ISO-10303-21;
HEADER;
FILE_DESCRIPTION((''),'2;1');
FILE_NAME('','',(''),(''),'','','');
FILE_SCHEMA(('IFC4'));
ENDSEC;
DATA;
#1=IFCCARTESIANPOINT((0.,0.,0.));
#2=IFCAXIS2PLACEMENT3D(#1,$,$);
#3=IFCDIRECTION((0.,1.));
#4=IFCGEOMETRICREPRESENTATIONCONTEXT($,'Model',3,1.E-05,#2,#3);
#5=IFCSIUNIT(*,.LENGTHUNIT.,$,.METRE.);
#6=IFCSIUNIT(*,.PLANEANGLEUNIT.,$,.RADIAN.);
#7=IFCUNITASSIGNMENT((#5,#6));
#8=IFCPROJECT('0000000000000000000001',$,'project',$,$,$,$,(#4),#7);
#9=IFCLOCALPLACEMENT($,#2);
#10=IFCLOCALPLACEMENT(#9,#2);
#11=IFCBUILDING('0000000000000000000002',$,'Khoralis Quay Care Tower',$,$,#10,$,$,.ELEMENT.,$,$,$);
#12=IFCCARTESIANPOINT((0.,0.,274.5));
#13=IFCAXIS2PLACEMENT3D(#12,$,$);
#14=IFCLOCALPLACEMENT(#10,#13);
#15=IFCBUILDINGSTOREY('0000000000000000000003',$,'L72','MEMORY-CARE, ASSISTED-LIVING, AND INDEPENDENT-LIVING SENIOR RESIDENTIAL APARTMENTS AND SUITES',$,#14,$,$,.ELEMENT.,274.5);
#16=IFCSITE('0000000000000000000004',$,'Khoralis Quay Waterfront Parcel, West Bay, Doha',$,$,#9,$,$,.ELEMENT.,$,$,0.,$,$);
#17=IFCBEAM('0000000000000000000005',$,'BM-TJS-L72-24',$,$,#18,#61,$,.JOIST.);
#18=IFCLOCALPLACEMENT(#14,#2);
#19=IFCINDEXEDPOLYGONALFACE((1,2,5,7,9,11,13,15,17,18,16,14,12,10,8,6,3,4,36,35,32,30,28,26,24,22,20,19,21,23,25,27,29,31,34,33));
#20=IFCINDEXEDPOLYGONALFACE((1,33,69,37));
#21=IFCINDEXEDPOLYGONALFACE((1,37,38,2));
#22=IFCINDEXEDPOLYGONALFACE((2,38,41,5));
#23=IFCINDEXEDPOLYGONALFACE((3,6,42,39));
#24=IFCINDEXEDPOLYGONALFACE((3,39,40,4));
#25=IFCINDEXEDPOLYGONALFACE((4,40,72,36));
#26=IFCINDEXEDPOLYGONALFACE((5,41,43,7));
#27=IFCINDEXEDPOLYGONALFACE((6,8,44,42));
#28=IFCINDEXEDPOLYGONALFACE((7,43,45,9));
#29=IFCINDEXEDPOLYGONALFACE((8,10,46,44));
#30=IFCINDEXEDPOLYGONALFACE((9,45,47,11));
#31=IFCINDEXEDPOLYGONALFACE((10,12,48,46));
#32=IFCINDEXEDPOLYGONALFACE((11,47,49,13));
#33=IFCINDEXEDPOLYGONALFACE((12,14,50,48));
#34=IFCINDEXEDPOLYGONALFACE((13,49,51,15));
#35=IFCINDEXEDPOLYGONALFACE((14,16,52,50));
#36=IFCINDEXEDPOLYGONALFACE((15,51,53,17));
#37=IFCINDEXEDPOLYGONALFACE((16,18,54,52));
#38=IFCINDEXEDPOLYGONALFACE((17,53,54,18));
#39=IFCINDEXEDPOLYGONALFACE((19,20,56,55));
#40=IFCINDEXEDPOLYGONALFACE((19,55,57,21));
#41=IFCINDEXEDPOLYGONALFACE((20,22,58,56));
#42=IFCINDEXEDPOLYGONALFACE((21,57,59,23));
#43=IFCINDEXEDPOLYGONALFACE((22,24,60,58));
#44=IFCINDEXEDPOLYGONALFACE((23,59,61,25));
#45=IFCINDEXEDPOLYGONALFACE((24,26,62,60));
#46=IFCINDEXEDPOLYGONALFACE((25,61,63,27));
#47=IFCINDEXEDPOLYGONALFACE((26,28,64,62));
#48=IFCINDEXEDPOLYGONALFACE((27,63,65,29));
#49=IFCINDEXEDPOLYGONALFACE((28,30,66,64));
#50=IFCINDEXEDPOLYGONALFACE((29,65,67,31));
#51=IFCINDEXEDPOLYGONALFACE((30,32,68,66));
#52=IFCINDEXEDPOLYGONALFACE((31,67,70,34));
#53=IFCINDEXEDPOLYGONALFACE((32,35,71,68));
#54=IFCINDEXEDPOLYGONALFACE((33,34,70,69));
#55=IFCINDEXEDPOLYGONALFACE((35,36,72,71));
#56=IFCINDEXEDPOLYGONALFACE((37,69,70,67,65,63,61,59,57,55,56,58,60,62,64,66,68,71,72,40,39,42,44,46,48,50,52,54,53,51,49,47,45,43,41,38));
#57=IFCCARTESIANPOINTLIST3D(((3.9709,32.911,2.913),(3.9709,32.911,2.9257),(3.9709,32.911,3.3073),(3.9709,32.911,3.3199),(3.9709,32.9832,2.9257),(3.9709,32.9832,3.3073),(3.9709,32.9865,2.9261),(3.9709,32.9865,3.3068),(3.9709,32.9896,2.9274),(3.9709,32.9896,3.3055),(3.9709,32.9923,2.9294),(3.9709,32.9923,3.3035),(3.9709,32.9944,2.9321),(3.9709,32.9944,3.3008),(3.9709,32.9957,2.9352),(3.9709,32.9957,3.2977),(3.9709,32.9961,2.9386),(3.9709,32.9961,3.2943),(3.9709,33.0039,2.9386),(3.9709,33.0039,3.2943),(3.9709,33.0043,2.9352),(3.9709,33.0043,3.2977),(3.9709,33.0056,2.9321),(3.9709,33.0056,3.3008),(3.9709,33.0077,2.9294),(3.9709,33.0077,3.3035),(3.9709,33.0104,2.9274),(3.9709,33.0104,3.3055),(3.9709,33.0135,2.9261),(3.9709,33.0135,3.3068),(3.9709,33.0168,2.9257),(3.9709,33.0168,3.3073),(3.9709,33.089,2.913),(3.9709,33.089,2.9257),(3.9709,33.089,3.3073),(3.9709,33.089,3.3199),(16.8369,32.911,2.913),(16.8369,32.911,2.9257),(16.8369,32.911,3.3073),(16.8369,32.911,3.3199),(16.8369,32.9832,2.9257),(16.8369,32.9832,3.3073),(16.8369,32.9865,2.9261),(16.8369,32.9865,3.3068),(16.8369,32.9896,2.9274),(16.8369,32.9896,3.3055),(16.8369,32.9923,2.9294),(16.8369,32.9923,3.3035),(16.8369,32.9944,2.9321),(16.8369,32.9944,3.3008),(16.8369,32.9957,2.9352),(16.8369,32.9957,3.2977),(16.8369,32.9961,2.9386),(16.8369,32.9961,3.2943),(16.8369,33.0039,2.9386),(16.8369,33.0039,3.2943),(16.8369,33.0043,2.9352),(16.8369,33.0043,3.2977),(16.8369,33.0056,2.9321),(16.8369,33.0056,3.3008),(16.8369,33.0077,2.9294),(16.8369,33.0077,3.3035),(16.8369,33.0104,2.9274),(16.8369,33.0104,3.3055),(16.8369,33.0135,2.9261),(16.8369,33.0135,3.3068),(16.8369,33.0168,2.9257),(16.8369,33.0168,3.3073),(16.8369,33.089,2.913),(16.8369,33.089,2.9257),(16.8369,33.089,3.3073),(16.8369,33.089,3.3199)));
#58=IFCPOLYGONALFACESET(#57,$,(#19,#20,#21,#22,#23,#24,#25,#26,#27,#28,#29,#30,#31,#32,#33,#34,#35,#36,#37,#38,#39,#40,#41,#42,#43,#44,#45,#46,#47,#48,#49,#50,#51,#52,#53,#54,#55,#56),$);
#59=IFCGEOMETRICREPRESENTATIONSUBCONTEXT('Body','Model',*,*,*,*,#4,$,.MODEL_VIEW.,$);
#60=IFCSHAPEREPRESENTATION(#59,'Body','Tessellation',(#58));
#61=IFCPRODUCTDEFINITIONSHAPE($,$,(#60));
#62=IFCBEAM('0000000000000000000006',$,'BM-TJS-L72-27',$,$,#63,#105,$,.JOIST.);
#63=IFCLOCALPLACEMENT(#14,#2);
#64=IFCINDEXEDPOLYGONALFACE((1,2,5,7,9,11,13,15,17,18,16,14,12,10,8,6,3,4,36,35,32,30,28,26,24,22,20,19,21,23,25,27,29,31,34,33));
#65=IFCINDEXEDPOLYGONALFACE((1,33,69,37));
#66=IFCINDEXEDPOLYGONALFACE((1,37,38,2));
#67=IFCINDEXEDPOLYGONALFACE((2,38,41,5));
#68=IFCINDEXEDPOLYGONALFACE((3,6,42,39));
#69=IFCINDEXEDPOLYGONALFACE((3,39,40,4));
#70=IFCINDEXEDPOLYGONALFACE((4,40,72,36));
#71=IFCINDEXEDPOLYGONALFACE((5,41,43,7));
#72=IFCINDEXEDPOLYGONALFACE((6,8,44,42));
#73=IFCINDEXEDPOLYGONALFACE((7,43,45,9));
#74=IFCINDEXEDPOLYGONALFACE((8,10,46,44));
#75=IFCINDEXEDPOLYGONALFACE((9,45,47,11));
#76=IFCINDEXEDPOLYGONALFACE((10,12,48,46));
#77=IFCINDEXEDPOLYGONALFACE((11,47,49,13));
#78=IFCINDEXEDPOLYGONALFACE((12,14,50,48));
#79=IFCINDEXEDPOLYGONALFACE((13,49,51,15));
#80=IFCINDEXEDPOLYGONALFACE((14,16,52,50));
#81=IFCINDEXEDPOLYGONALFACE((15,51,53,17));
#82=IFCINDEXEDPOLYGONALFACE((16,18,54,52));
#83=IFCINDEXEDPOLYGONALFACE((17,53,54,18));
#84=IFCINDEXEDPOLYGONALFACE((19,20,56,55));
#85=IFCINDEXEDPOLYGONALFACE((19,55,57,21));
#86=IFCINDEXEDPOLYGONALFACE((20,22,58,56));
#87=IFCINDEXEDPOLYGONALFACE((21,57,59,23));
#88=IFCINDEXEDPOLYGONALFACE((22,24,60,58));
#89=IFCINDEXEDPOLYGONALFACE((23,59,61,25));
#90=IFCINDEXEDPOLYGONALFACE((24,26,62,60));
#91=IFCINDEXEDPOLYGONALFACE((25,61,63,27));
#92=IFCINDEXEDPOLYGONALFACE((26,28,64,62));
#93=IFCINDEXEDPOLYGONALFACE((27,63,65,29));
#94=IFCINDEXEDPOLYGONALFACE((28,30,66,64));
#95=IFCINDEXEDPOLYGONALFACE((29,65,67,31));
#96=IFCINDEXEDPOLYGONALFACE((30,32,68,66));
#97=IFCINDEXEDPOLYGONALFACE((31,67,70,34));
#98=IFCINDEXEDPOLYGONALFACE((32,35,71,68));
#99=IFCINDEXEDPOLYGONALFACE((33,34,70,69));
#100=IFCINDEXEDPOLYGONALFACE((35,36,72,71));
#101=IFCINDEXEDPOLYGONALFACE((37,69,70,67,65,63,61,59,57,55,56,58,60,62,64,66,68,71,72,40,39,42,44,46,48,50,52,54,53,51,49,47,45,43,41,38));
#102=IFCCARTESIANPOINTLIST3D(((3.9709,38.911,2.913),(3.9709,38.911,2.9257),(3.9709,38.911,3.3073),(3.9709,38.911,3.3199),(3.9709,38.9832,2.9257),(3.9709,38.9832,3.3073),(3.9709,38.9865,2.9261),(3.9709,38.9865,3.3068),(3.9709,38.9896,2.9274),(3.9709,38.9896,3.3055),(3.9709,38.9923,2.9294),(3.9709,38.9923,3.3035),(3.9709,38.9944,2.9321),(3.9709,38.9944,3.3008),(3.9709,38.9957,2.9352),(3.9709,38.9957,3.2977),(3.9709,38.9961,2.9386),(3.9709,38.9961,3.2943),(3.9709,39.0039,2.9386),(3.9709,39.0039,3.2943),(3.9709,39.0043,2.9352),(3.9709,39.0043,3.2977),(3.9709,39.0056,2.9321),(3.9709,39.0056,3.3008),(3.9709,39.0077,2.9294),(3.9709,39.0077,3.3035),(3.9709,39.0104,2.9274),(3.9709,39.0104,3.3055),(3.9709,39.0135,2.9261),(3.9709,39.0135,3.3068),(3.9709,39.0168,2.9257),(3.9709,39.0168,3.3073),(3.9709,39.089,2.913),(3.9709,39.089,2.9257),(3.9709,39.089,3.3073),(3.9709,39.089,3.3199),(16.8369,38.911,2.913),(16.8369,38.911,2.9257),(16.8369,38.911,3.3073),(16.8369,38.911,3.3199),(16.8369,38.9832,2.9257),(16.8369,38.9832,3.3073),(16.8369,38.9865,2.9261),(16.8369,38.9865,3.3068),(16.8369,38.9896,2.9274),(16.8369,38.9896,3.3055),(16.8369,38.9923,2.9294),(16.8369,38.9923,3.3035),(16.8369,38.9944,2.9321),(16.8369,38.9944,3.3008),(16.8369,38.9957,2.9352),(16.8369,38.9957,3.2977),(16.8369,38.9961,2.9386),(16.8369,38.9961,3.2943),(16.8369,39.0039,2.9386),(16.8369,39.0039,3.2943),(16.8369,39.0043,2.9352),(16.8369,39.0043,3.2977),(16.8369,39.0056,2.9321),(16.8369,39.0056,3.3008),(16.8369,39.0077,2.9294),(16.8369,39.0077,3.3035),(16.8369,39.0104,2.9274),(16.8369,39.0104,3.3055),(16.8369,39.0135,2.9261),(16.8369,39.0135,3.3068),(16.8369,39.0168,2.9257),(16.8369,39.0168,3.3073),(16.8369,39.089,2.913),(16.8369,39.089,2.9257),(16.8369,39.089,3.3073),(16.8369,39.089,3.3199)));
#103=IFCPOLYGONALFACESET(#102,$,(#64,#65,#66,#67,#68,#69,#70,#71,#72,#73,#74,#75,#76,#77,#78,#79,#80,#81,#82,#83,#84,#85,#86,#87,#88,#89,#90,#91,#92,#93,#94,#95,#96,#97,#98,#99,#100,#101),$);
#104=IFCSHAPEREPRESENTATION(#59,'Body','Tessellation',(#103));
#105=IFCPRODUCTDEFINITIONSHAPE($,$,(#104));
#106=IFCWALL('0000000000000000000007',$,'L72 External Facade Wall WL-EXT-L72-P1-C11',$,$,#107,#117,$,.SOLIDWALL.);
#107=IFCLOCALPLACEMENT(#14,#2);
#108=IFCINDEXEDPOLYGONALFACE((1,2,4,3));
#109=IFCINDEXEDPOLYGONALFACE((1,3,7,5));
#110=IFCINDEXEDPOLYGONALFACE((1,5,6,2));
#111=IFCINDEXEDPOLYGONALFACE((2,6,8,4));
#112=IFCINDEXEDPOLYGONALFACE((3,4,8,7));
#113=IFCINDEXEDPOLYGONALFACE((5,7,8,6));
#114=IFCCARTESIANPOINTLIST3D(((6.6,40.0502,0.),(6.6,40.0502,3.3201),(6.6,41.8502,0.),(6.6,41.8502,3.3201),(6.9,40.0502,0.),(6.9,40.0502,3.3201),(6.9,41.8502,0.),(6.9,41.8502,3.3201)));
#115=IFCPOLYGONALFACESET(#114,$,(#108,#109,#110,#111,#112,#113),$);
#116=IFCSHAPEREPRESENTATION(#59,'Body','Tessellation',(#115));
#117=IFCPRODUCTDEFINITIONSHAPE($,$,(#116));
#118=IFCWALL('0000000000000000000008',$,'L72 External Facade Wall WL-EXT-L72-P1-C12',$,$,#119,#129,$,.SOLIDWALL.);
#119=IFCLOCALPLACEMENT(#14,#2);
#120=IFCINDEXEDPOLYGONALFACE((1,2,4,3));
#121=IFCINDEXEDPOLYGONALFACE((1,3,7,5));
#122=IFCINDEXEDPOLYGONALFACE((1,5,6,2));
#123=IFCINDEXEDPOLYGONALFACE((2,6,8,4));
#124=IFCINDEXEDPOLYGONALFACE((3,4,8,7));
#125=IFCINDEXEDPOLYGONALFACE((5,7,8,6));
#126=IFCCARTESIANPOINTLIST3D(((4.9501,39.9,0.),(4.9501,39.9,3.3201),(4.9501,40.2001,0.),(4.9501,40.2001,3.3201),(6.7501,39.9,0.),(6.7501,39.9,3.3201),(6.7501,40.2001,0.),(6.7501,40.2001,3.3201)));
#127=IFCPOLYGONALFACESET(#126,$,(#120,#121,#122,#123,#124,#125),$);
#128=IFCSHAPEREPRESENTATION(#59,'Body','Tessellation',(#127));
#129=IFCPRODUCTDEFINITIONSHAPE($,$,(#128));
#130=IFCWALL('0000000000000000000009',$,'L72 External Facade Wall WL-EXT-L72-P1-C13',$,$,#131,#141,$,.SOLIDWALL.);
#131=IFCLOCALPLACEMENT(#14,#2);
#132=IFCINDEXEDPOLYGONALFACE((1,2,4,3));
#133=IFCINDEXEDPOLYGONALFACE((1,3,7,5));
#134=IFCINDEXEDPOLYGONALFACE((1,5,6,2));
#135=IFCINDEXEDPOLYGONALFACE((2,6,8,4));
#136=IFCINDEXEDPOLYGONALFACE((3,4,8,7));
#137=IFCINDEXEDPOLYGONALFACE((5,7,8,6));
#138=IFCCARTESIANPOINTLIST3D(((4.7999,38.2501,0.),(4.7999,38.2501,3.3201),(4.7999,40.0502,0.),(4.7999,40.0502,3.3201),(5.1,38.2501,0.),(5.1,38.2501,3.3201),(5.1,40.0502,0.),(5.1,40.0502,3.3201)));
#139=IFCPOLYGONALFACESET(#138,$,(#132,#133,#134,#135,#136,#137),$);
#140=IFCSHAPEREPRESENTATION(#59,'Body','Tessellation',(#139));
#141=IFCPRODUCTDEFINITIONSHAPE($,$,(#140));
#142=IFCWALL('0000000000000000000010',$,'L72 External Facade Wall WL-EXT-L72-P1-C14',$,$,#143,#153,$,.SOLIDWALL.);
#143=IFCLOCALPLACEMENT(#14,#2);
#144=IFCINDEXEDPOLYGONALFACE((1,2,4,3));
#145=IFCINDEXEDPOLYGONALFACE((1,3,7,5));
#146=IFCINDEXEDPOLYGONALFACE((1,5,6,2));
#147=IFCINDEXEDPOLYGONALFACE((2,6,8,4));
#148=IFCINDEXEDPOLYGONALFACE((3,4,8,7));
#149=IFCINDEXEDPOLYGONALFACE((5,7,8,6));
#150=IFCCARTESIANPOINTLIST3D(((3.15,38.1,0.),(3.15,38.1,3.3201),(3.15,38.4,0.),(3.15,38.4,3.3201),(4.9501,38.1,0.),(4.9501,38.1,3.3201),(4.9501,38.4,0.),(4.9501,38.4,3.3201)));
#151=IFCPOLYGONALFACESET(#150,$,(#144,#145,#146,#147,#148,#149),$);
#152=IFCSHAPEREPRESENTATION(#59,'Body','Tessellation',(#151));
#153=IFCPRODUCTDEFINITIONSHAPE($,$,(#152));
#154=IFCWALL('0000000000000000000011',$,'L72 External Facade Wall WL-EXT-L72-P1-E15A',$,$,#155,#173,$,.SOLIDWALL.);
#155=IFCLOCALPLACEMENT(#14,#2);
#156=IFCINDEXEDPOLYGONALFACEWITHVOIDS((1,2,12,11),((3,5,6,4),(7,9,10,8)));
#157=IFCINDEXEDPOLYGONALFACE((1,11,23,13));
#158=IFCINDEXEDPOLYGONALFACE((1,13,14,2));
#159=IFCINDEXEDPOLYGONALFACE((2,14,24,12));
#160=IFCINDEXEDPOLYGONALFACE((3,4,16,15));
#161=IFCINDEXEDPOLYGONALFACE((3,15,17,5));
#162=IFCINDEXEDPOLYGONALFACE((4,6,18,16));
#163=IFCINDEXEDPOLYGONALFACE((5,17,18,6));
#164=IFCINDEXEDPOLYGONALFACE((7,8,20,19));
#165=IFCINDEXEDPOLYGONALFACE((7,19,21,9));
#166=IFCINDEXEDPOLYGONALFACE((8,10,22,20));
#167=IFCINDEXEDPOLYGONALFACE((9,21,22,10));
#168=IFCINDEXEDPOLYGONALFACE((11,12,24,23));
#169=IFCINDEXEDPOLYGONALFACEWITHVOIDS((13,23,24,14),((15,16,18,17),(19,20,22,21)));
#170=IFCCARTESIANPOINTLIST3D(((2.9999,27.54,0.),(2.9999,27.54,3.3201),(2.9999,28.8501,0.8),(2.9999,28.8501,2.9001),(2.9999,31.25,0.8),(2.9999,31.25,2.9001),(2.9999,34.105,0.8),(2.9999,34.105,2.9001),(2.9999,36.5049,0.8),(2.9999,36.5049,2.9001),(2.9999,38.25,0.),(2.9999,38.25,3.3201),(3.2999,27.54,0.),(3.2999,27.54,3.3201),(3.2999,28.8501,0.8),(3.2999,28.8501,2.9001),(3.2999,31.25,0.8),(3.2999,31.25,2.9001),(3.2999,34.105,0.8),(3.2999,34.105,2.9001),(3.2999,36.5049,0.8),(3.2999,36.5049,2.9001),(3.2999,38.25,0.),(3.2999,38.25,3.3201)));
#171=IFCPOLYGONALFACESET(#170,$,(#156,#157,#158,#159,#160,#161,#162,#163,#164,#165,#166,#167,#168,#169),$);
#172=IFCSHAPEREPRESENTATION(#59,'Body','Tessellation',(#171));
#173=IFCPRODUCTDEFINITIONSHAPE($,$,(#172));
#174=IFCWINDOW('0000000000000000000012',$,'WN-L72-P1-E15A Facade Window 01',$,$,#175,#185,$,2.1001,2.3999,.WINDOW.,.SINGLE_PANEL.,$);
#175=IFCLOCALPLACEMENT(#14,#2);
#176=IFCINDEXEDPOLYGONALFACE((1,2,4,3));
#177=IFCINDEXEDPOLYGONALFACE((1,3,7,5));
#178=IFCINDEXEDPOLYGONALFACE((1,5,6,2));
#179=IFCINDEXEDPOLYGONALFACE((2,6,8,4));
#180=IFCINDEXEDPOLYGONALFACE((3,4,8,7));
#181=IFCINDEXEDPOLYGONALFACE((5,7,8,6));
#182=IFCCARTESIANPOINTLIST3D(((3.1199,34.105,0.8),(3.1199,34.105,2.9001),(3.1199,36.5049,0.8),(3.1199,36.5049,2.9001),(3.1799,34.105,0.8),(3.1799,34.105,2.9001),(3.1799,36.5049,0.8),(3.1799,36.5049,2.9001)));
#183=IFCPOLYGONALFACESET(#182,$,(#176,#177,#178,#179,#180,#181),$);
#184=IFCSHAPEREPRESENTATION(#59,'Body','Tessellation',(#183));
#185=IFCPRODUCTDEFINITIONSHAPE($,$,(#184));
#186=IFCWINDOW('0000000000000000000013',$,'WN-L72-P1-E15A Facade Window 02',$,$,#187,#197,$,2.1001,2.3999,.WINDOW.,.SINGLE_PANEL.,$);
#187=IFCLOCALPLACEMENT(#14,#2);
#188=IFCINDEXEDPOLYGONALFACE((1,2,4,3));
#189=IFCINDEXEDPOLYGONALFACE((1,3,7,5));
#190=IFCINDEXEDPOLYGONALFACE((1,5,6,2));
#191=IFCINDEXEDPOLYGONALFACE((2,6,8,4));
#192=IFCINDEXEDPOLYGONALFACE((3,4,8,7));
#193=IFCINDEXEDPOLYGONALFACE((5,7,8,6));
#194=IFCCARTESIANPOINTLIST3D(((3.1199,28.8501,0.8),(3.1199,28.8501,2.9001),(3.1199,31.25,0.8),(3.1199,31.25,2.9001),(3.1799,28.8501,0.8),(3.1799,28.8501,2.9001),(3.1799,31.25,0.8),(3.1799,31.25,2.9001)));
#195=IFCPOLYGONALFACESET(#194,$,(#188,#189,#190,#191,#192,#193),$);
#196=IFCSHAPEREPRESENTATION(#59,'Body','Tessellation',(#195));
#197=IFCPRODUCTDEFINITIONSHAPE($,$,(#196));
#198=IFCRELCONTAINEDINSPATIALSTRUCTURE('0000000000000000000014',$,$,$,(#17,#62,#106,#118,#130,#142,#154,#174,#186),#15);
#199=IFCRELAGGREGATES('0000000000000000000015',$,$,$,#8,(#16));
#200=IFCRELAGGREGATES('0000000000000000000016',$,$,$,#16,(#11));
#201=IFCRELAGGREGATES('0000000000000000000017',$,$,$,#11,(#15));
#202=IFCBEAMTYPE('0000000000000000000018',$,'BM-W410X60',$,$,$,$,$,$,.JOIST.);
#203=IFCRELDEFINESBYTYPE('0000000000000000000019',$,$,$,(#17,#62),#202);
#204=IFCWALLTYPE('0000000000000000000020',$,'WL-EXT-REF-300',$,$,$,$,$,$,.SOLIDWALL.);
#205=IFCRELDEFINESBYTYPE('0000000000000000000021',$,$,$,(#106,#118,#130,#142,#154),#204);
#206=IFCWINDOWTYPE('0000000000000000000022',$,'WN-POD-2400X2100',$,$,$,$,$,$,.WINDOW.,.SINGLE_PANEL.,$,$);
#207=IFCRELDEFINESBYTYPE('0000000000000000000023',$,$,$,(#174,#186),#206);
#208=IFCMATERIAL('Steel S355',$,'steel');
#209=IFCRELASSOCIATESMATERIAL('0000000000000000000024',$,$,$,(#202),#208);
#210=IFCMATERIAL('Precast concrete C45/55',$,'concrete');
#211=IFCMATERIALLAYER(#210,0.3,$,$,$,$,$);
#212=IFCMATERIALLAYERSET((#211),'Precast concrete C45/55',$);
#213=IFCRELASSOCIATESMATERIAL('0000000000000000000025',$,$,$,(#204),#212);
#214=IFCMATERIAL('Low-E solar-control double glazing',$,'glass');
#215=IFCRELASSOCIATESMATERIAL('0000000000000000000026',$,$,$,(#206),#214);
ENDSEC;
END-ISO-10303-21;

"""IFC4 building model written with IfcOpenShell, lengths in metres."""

from ifc_helpers import new_model, si_unit, direction, frame, frame_2d, origin, origin_2d, place, context, subcontext, project, spatial, rectangle, i_section, extrude, source, transform, mapped, material, layer, layer_set, material_profile, profile_set, type_object, element, fill, save


model = new_model("IFC4")

# Units and contexts
model_context = context("Model", 3, precision=1e-05, world=origin(), true_north=direction((0.0, 1.0)))
body_context = subcontext(model_context, "Body", "Model", "MODEL_VIEW")
ifc_project = project(units=[si_unit("LENGTHUNIT", "METRE"), si_unit("PLANEANGLEUNIT", "RADIAN")], contexts=[model_context])

# Site, building, storey
site_placement = place(None, origin())
site = spatial("IfcSite", under=ifc_project, at=site_placement, Name="Khoralis Quay Waterfront Parcel, West Bay, Doha", CompositionType="ELEMENT", RefElevation=0.0)
building_placement = place(site_placement, origin())
building = spatial("IfcBuilding", under=site, at=building_placement, Name="Khoralis Quay Care Tower", CompositionType="ELEMENT")
storey_placement = place(building_placement, frame((0.0, 0.0, 274.5)))
storey = spatial("IfcBuildingStorey", under=building, at=storey_placement, Name="L72", Description="MEMORY-CARE, ASSISTED-LIVING, AND INDEPENDENT-LIVING SENIOR RESIDENTIAL APARTMENTS AND SUITES", CompositionType="ELEMENT", Elevation=274.5)

# Beams
ifc_material_1 = material(Name="Steel S355", Category="steel")
ifc_material_profile_1 = material_profile(ifc_material_1, i_section(OverallWidth=0.178, OverallDepth=0.407, WebThickness=0.0078, FlangeThickness=0.0127, FilletRadius=0.0129, at=origin_2d()), Name="Steel S355")
ifc_profile_set_1 = profile_set([ifc_material_profile_1], Name="Steel S355")
beam_type_1 = type_object("IfcBeamType", Name="BM-W410X60", PredefinedType="JOIST", material=ifc_profile_set_1)
shared_shape_1 = source(origin(), body_context, "Body", "SweptSolid", [
    extrude(i_section(OverallWidth=0.178, OverallDepth=0.407, WebThickness=0.0078, FlangeThickness=0.0127, FilletRadius=0.0129, at=origin_2d()), origin(), (0.0, 0.0, 1.0), 12.866),
])
for number, where, z_axis, x_axis, name in (
    (1, (3.9709, 33.0, 3.1165), (1.0, 0.0, 0.0), (0.0, 1.0, 0.0), "BM-TJS-L72-24"),
    (2, (3.9709, 39.0, 3.1165), (1.0, 0.0, 0.0), (0.0, 1.0, 0.0), "BM-TJS-L72-27"),
):
    element("IfcBeam", number, at=place(storey_placement, frame(where, z_axis=z_axis, x_axis=x_axis)), inside=storey, type_object=beam_type_1, Name=name, PredefinedType="JOIST", context=body_context, shape_type="MappedRepresentation", body=[
        mapped(shared_shape_1, transform((0.0, 0.0, 0.0), scale=1.0)),
    ])

# Walls
ifc_material_2 = material(Name="Precast concrete C45/55", Category="concrete")
ifc_layer_1 = layer(ifc_material_2, 0.3)
ifc_layer_set_1 = layer_set([ifc_layer_1], Name="Precast concrete C45/55")
wall_type_1 = type_object("IfcWallType", Name="WL-EXT-REF-300", PredefinedType="SOLIDWALL", material=ifc_layer_set_1)
for number, where, z_axis, x_axis, name in (
    (3, (6.75, 41.8501, 0.0), (0.0, 0.0, 1.0), (0.0, -1.0, 0.0), "L72 External Facade Wall WL-EXT-L72-P1-C11"),
    (4, (6.75, 40.05, 0.0), (0.0, 0.0, 1.0), (-1.0, 0.0, 0.0), "L72 External Facade Wall WL-EXT-L72-P1-C12"),
    (5, (4.95, 40.05, 0.0), (0.0, 0.0, 1.0), (0.0, -1.0, 0.0), "L72 External Facade Wall WL-EXT-L72-P1-C13"),
    (6, (4.95, 38.25, 0.0), (0.0, 0.0, 1.0), (-1.0, 0.0, 0.0), "L72 External Facade Wall WL-EXT-L72-P1-C14"),
):
    element("IfcWall", number, at=place(storey_placement, frame(where, z_axis=z_axis, x_axis=x_axis)), inside=storey, type_object=wall_type_1, Name=name, PredefinedType="SOLIDWALL", context=body_context, shape_type="SweptSolid", body=[
        extrude(rectangle(XDim=1.8, YDim=0.3, at=frame_2d((0.8999, 0.0))), origin(), (0.0, 0.0, 1.0), 3.3201),
    ])

# Wall, openings, windows
wall_1_placement = place(storey_placement, frame((3.1499, 38.25, 0.0), z_axis=(0.0, 0.0, 1.0), x_axis=(0.0, -1.0, 0.0)))
wall_1 = element("IfcWall", 7, at=wall_1_placement, inside=storey, type_object=wall_type_1, Name="L72 External Facade Wall WL-EXT-L72-P1-E15A", PredefinedType="SOLIDWALL", context=body_context, shape_type="SweptSolid", body=[
    extrude(rectangle(XDim=10.71, YDim=0.3, at=frame_2d((5.355, 0.0))), origin(), (0.0, 0.0, 1.0), 3.3201),
])
opening_1_placement = place(wall_1_placement, frame((1.7451, 0.0, 0.8)))
opening_1 = element("IfcOpeningElement", 8, at=opening_1_placement, cuts=wall_1, PredefinedType="OPENING", context=body_context, shape_type="SweptSolid", body=[
    extrude(rectangle(XDim=2.3999, YDim=2.1001, at=frame_2d((1.2, 1.05))), frame((0.0, 0.1602, 0.0), z_axis=(0.0, -1.0, 0.0), x_axis=(1.0, 0.0, 0.0)), (0.0, 0.0, 1.0), 0.3201),
])
opening_2_placement = place(wall_1_placement, frame((7.0, 0.0, 0.8)))
opening_2 = element("IfcOpeningElement", 9, at=opening_2_placement, cuts=wall_1, PredefinedType="OPENING", context=body_context, shape_type="SweptSolid", body=[
    extrude(rectangle(XDim=2.3999, YDim=2.1001, at=frame_2d((1.2, 1.05))), frame((0.0, 0.1602, 0.0), z_axis=(0.0, -1.0, 0.0), x_axis=(1.0, 0.0, 0.0)), (0.0, 0.0, 1.0), 0.3201),
])
ifc_material_3 = material(Name="Low-E solar-control double glazing", Category="glass")
window_type = type_object("IfcWindowType", Name="WN-POD-2400X2100", PartitioningType="SINGLE_PANEL", PredefinedType="WINDOW", material=ifc_material_3)
shared_shape_2 = source(origin(), body_context, "Body", "SweptSolid", [
    extrude(rectangle(XDim=2.3999, YDim=2.1001, at=frame_2d((1.2, 1.05))), frame((0.0, 0.03, 0.0), z_axis=(0.0, -1.0, 0.0), x_axis=(1.0, 0.0, 0.0)), (0.0, 0.0, 1.0), 0.0601),
])
window_1_placement = place(opening_1_placement, origin())
window_1 = element("IfcWindow", 10, at=window_1_placement, inside=storey, type_object=window_type, Name="WN-L72-P1-E15A Facade Window 01", OverallHeight=2.1001, OverallWidth=2.3999, PartitioningType="SINGLE_PANEL", PredefinedType="WINDOW", context=body_context, shape_type="MappedRepresentation", body=[
    mapped(shared_shape_2, transform((0.0, 0.0, 0.0), scale=1.0)),
])
fill(opening_1, window_1)
window_2_placement = place(opening_2_placement, origin())
window_2 = element("IfcWindow", 11, at=window_2_placement, inside=storey, type_object=window_type, Name="WN-L72-P1-E15A Facade Window 02", OverallHeight=2.1001, OverallWidth=2.3999, PartitioningType="SINGLE_PANEL", PredefinedType="WINDOW", context=body_context, shape_type="MappedRepresentation", body=[
    mapped(shared_shape_2, transform((0.0, 0.0, 0.0), scale=1.0)),
])
fill(opening_2, window_2)

save(model, "model.ifc")
